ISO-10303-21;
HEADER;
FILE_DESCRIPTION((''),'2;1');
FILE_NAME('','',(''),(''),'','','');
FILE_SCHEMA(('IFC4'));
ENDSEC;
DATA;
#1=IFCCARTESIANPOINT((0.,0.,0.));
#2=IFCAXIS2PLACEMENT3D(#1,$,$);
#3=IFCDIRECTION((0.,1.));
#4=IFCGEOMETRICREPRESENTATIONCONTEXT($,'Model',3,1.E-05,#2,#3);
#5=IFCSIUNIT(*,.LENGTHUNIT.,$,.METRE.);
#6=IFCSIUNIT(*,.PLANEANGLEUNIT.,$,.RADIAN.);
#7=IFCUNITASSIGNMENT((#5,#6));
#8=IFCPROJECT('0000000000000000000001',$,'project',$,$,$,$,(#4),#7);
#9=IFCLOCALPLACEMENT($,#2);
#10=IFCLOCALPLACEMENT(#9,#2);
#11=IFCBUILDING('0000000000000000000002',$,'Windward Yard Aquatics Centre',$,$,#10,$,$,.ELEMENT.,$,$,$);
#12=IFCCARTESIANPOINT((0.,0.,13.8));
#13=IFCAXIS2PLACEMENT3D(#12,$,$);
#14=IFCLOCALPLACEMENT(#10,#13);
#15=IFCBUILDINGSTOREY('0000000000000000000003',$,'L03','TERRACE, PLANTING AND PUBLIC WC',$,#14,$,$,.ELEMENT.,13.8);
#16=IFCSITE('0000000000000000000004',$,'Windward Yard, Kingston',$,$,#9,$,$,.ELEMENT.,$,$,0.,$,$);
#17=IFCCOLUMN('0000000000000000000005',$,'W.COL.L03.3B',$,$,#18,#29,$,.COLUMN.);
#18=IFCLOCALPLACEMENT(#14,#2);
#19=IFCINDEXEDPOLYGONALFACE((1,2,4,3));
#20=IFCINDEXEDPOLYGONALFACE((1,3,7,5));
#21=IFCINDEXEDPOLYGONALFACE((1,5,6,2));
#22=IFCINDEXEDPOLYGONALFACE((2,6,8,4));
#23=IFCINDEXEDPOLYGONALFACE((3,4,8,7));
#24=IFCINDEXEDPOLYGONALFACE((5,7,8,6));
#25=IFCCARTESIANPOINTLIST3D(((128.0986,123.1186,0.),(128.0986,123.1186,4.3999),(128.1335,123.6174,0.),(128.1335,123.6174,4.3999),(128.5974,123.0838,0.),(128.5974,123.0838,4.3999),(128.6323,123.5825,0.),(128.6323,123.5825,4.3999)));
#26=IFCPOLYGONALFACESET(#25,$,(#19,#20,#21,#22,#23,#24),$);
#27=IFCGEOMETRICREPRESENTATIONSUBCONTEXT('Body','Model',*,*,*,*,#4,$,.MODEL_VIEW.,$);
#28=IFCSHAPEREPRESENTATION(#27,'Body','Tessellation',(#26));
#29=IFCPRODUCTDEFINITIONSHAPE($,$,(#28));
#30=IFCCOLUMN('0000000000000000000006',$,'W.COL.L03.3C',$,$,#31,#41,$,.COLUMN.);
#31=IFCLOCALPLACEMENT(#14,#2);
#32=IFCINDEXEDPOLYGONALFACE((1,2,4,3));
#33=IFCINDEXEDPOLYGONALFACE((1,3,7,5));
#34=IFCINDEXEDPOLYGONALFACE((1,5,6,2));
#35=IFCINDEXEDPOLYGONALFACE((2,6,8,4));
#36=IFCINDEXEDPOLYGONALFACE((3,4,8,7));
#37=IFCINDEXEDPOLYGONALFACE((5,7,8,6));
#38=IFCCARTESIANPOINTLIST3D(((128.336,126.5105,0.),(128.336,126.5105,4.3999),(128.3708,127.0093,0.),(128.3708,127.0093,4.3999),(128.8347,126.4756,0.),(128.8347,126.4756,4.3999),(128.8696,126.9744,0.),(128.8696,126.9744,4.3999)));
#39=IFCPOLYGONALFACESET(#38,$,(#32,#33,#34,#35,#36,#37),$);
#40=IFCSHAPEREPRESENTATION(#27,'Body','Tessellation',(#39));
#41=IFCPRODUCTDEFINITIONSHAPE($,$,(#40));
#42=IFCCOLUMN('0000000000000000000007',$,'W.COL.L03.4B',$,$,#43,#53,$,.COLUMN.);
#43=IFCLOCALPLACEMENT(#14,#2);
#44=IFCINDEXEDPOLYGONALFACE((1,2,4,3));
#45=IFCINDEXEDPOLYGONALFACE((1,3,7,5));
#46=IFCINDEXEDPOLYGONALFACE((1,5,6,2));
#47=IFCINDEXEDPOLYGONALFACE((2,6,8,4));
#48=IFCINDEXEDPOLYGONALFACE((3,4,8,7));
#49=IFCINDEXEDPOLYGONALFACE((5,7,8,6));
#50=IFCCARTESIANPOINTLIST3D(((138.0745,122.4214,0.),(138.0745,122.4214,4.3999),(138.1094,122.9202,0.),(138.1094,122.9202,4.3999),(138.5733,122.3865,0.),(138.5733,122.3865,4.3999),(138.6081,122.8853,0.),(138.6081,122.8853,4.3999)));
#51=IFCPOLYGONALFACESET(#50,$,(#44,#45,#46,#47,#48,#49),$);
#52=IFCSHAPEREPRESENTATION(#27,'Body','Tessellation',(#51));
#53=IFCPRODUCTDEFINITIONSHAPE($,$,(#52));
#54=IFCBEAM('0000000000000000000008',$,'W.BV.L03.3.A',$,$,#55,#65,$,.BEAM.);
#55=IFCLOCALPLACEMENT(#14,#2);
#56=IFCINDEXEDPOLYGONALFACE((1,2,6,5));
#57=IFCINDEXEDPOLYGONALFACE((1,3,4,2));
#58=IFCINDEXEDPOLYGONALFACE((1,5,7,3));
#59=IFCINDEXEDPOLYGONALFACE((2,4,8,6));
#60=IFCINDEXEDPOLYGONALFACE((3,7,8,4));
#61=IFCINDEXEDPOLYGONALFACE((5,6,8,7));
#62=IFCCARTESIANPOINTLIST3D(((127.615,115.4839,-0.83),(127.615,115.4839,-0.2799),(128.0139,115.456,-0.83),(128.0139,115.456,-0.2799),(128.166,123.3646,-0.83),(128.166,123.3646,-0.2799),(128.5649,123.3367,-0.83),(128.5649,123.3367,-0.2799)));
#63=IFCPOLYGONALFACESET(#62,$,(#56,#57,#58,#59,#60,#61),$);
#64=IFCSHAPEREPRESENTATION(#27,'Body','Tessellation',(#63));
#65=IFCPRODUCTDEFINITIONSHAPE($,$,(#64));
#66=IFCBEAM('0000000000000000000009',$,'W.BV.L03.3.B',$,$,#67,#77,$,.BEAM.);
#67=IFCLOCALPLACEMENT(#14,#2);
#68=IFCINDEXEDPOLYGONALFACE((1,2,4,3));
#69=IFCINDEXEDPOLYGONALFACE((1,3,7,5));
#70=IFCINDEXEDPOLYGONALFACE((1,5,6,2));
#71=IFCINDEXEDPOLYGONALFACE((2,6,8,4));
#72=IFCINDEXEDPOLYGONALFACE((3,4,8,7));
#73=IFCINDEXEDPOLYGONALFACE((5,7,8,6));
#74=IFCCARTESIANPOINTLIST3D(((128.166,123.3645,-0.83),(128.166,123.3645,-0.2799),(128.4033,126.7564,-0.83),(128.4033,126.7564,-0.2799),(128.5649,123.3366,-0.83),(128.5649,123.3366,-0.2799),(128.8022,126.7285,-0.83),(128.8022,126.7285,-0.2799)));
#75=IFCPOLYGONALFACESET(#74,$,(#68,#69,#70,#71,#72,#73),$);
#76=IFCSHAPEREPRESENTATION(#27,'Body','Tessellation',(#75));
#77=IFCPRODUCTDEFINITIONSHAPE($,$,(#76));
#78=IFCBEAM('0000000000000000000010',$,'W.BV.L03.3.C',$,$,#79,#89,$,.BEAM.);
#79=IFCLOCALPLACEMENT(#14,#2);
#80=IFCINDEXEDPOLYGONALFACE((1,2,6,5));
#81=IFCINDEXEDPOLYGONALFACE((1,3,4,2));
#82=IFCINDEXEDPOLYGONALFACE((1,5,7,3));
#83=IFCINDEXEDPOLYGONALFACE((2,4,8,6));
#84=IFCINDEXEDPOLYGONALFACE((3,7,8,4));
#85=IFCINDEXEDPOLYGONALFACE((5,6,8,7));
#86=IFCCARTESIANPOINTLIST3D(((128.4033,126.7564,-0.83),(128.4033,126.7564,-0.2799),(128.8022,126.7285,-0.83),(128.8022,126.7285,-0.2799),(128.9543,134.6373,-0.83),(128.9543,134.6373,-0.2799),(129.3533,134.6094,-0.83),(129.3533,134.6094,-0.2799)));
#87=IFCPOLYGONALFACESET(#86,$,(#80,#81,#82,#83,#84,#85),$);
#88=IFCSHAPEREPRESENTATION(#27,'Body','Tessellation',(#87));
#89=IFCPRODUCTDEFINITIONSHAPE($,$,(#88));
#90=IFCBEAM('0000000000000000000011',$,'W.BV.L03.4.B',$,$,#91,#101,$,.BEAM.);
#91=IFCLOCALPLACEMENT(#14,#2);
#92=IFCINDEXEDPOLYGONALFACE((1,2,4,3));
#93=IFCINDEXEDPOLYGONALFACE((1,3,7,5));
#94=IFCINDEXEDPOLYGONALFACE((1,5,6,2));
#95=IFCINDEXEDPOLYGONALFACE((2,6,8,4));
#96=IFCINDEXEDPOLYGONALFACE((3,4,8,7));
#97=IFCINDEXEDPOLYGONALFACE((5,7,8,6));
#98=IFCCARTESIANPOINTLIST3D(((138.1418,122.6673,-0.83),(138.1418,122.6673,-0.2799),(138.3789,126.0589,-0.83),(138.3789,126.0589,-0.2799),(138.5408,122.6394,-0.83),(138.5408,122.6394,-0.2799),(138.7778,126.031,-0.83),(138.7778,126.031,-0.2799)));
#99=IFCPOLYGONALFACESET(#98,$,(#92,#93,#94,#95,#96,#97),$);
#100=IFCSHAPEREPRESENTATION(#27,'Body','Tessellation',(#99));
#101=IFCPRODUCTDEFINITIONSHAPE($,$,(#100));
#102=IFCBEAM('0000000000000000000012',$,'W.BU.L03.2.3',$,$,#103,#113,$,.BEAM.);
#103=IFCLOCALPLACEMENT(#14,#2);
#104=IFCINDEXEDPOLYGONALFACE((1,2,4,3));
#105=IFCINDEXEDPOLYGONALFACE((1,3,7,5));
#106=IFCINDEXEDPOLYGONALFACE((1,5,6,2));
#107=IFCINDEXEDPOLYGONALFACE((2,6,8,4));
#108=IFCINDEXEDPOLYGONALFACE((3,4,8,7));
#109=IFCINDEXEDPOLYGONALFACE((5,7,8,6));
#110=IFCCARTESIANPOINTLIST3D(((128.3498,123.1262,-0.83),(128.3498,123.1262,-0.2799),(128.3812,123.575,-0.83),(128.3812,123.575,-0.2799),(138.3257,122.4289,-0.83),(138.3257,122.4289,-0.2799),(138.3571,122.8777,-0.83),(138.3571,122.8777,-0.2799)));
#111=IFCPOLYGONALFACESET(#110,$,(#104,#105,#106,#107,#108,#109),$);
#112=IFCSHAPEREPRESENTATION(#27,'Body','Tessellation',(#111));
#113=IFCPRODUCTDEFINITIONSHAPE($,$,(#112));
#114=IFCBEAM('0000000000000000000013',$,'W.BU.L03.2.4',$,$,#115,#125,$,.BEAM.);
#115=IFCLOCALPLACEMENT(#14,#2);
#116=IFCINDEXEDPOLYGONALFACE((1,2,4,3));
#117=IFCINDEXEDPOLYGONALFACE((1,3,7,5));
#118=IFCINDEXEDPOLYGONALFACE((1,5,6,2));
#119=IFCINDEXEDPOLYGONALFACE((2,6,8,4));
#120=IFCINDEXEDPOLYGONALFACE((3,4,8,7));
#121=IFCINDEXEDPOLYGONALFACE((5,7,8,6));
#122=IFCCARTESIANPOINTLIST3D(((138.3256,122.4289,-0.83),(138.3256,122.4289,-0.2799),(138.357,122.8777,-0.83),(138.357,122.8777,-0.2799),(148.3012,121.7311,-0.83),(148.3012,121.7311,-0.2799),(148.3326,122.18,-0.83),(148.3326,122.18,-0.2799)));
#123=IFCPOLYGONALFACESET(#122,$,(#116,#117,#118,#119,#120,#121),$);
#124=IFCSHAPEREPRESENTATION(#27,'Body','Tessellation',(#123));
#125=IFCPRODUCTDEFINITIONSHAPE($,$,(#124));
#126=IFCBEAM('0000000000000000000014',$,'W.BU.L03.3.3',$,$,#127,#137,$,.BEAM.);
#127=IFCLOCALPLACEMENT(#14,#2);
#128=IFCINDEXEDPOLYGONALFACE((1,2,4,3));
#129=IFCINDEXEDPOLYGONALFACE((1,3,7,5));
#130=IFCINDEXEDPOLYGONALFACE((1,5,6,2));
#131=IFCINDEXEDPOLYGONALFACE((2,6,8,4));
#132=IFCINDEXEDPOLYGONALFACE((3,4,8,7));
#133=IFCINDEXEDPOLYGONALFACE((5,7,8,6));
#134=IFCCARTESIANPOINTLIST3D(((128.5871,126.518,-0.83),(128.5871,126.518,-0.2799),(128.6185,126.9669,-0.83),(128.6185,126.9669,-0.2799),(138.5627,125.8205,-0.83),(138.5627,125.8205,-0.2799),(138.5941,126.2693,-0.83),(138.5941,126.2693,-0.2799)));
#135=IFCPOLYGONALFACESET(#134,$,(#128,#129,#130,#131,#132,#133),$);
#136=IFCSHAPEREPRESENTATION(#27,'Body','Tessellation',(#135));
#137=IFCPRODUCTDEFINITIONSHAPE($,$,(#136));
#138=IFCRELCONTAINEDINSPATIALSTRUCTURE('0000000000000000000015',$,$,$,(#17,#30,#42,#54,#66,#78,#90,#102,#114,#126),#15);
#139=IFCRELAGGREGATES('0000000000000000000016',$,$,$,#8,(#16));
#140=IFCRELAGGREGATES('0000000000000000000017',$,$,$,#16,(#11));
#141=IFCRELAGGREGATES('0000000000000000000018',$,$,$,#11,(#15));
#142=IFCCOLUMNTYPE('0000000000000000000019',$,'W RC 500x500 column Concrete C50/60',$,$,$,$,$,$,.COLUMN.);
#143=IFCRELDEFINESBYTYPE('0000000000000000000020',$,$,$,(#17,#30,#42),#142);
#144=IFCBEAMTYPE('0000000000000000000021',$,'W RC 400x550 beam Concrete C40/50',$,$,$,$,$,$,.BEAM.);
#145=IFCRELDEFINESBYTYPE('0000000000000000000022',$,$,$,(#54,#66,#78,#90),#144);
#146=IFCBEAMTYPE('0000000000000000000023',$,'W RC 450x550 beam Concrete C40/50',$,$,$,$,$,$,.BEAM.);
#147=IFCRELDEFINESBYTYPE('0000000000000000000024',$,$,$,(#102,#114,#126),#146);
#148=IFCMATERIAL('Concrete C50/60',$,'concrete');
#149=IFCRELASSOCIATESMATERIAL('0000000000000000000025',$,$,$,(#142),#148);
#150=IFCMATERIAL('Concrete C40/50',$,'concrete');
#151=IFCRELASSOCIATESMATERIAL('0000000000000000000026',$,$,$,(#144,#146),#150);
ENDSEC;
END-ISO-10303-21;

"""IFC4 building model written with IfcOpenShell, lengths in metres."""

from ifc_helpers import new_model, si_unit, direction, frame, origin, origin_2d, place, context, subcontext, project, spatial, rectangle, extrude, material, material_profile, profile_set, type_object, element, save


model = new_model("IFC4")

# Units and contexts
model_context = context("Model", 3, precision=1e-05, world=origin(), true_north=direction((0.0, 1.0)))
body_context = subcontext(model_context, "Body", "Model", "MODEL_VIEW")
ifc_project = project(units=[si_unit("LENGTHUNIT", "METRE"), si_unit("PLANEANGLEUNIT", "RADIAN")], contexts=[model_context])

# Site, building, storey
site_placement = place(None, origin())
site = spatial("IfcSite", under=ifc_project, at=site_placement, Name="Windward Yard, Kingston", CompositionType="ELEMENT", RefElevation=0.0)
building_placement = place(site_placement, origin())
building = spatial("IfcBuilding", under=site, at=building_placement, Name="Windward Yard Aquatics Centre", CompositionType="ELEMENT")
storey_placement = place(building_placement, frame((0.0, 0.0, 13.8)))
storey = spatial("IfcBuildingStorey", under=building, at=storey_placement, Name="L03", Description="TERRACE, PLANTING AND PUBLIC WC", CompositionType="ELEMENT", Elevation=13.8)

# Columns
ifc_material_1 = material(Name="Concrete C50/60", Category="concrete")
ifc_material_profile_1 = material_profile(ifc_material_1, rectangle(XDim=0.5, YDim=0.5, at=origin_2d()), Name="RC 500x500")
ifc_profile_set_1 = profile_set([ifc_material_profile_1], Name="Concrete C50/60")
column_type = type_object("IfcColumnType", Name="W RC 500x500 column Concrete C50/60", PredefinedType="COLUMN", material=ifc_profile_set_1)
for number, where, z_axis, x_axis, name in (
    (1, (128.3655, 123.3506, 0.0), (0.0, 0.0, 1.0), (0.997564, -0.069756, 0.0), "W.COL.L03.3B"),
    (2, (128.6028, 126.7424, 0.0), (0.0, 0.0, 1.0), (0.997564, -0.069756, 0.0), "W.COL.L03.3C"),
    (3, (138.3413, 122.6533, 0.0), (0.0, 0.0, 1.0), (0.997564, -0.069756, 0.0), "W.COL.L03.4B"),
):
    element("IfcColumn", number, at=place(storey_placement, frame(where, z_axis=z_axis, x_axis=x_axis)), inside=storey, type_object=column_type, Name=name, PredefinedType="COLUMN", context=body_context, shape_type="SweptSolid", body=[
        extrude(rectangle(XDim=0.5, YDim=0.5, at=origin_2d()), origin(), (0.0, 0.0, 1.0), 4.3999),
    ])

# Beams
ifc_material_2 = material(Name="Concrete C40/50", Category="concrete")
ifc_material_profile_2 = material_profile(ifc_material_2, rectangle(XDim=0.3999, YDim=0.55, at=origin_2d()), Name="RC 400x550")
ifc_profile_set_2 = profile_set([ifc_material_profile_2], Name="Concrete C40/50")
beam_type_1 = type_object("IfcBeamType", Name="W RC 400x550 beam Concrete C40/50", PredefinedType="BEAM", material=ifc_profile_set_2)
beam_1_placement = place(storey_placement, frame((127.8145, 115.47, -0.5549), z_axis=(0.069751, 0.997564, 0.0), x_axis=(-0.997564, 0.069751, 0.0)))
element("IfcBeam", 4, at=beam_1_placement, inside=storey, type_object=beam_type_1, Name="W.BV.L03.3.A", PredefinedType="BEAM", context=body_context, shape_type="SweptSolid", body=[
    extrude(rectangle(XDim=0.3999, YDim=0.55, at=origin_2d()), origin(), (0.0, 0.0, 1.0), 7.8999),
])
beam_2_placement = place(storey_placement, frame((128.3655, 123.3506, -0.5549), z_axis=(0.069793, 0.997562, 0.0), x_axis=(-0.997562, 0.069793, 0.0)))
element("IfcBeam", 5, at=beam_2_placement, inside=storey, type_object=beam_type_1, Name="W.BV.L03.3.B", PredefinedType="BEAM", context=body_context, shape_type="SweptSolid", body=[
    extrude(rectangle(XDim=0.3999, YDim=0.55, at=origin_2d()), origin(), (0.0, 0.0, 1.0), 3.4001),
])
beam_3_placement = place(storey_placement, frame((128.6028, 126.7424, -0.5549), z_axis=(0.069749, 0.997565, 0.0), x_axis=(-0.997565, 0.069749, 0.0)))
element("IfcBeam", 6, at=beam_3_placement, inside=storey, type_object=beam_type_1, Name="W.BV.L03.3.C", PredefinedType="BEAM", context=body_context, shape_type="SweptSolid", body=[
    extrude(rectangle(XDim=0.3999, YDim=0.55, at=origin_2d()), origin(), (0.0, 0.0, 1.0), 7.9001),
])
beam_4_placement = place(storey_placement, frame((138.3413, 122.6533, -0.5549), z_axis=(0.069726, 0.997566, 0.0), x_axis=(-0.997566, 0.069726, 0.0)))
element("IfcBeam", 7, at=beam_4_placement, inside=storey, type_object=beam_type_1, Name="W.BV.L03.4.B", PredefinedType="BEAM", context=body_context, shape_type="SweptSolid", body=[
    extrude(rectangle(XDim=0.3999, YDim=0.55, at=origin_2d()), origin(), (0.0, 0.0, 1.0), 3.3999),
])
ifc_material_profile_3 = material_profile(ifc_material_2, rectangle(XDim=0.45, YDim=0.55, at=origin_2d()), Name="RC 450x550")
ifc_profile_set_3 = profile_set([ifc_material_profile_3], Name="Concrete C40/50")
beam_type_2 = type_object("IfcBeamType", Name="W RC 450x550 beam Concrete C40/50", PredefinedType="BEAM", material=ifc_profile_set_3)
beam_5_placement = place(storey_placement, frame((128.3655, 123.3506, -0.5549), z_axis=(0.997566, -0.069725, 0.0), x_axis=(0.069725, 0.997566, 0.0)))
element("IfcBeam", 8, at=beam_5_placement, inside=storey, type_object=beam_type_2, Name="W.BU.L03.2.3", PredefinedType="BEAM", context=body_context, shape_type="SweptSolid", body=[
    extrude(rectangle(XDim=0.45, YDim=0.55, at=origin_2d()), origin(), (0.0, 0.0, 1.0), 10.0002),
])
for number, where, z_axis, x_axis, name in (
    (9, (138.3413, 122.6533, -0.5549), (0.997563, -0.069776, 0.0), (0.069776, 0.997563, 0.0), "W.BU.L03.2.4"),
    (10, (128.6028, 126.7424, -0.5549), (0.997564, -0.069751, 0.0), (0.069751, 0.997564, 0.0), "W.BU.L03.3.3"),
):
    element("IfcBeam", number, at=place(storey_placement, frame(where, z_axis=z_axis, x_axis=x_axis)), inside=storey, type_object=beam_type_2, Name=name, PredefinedType="BEAM", context=body_context, shape_type="SweptSolid", body=[
        extrude(rectangle(XDim=0.45, YDim=0.55, at=origin_2d()), origin(), (0.0, 0.0, 1.0), 10.0),
    ])

save(model, "model.ifc")
